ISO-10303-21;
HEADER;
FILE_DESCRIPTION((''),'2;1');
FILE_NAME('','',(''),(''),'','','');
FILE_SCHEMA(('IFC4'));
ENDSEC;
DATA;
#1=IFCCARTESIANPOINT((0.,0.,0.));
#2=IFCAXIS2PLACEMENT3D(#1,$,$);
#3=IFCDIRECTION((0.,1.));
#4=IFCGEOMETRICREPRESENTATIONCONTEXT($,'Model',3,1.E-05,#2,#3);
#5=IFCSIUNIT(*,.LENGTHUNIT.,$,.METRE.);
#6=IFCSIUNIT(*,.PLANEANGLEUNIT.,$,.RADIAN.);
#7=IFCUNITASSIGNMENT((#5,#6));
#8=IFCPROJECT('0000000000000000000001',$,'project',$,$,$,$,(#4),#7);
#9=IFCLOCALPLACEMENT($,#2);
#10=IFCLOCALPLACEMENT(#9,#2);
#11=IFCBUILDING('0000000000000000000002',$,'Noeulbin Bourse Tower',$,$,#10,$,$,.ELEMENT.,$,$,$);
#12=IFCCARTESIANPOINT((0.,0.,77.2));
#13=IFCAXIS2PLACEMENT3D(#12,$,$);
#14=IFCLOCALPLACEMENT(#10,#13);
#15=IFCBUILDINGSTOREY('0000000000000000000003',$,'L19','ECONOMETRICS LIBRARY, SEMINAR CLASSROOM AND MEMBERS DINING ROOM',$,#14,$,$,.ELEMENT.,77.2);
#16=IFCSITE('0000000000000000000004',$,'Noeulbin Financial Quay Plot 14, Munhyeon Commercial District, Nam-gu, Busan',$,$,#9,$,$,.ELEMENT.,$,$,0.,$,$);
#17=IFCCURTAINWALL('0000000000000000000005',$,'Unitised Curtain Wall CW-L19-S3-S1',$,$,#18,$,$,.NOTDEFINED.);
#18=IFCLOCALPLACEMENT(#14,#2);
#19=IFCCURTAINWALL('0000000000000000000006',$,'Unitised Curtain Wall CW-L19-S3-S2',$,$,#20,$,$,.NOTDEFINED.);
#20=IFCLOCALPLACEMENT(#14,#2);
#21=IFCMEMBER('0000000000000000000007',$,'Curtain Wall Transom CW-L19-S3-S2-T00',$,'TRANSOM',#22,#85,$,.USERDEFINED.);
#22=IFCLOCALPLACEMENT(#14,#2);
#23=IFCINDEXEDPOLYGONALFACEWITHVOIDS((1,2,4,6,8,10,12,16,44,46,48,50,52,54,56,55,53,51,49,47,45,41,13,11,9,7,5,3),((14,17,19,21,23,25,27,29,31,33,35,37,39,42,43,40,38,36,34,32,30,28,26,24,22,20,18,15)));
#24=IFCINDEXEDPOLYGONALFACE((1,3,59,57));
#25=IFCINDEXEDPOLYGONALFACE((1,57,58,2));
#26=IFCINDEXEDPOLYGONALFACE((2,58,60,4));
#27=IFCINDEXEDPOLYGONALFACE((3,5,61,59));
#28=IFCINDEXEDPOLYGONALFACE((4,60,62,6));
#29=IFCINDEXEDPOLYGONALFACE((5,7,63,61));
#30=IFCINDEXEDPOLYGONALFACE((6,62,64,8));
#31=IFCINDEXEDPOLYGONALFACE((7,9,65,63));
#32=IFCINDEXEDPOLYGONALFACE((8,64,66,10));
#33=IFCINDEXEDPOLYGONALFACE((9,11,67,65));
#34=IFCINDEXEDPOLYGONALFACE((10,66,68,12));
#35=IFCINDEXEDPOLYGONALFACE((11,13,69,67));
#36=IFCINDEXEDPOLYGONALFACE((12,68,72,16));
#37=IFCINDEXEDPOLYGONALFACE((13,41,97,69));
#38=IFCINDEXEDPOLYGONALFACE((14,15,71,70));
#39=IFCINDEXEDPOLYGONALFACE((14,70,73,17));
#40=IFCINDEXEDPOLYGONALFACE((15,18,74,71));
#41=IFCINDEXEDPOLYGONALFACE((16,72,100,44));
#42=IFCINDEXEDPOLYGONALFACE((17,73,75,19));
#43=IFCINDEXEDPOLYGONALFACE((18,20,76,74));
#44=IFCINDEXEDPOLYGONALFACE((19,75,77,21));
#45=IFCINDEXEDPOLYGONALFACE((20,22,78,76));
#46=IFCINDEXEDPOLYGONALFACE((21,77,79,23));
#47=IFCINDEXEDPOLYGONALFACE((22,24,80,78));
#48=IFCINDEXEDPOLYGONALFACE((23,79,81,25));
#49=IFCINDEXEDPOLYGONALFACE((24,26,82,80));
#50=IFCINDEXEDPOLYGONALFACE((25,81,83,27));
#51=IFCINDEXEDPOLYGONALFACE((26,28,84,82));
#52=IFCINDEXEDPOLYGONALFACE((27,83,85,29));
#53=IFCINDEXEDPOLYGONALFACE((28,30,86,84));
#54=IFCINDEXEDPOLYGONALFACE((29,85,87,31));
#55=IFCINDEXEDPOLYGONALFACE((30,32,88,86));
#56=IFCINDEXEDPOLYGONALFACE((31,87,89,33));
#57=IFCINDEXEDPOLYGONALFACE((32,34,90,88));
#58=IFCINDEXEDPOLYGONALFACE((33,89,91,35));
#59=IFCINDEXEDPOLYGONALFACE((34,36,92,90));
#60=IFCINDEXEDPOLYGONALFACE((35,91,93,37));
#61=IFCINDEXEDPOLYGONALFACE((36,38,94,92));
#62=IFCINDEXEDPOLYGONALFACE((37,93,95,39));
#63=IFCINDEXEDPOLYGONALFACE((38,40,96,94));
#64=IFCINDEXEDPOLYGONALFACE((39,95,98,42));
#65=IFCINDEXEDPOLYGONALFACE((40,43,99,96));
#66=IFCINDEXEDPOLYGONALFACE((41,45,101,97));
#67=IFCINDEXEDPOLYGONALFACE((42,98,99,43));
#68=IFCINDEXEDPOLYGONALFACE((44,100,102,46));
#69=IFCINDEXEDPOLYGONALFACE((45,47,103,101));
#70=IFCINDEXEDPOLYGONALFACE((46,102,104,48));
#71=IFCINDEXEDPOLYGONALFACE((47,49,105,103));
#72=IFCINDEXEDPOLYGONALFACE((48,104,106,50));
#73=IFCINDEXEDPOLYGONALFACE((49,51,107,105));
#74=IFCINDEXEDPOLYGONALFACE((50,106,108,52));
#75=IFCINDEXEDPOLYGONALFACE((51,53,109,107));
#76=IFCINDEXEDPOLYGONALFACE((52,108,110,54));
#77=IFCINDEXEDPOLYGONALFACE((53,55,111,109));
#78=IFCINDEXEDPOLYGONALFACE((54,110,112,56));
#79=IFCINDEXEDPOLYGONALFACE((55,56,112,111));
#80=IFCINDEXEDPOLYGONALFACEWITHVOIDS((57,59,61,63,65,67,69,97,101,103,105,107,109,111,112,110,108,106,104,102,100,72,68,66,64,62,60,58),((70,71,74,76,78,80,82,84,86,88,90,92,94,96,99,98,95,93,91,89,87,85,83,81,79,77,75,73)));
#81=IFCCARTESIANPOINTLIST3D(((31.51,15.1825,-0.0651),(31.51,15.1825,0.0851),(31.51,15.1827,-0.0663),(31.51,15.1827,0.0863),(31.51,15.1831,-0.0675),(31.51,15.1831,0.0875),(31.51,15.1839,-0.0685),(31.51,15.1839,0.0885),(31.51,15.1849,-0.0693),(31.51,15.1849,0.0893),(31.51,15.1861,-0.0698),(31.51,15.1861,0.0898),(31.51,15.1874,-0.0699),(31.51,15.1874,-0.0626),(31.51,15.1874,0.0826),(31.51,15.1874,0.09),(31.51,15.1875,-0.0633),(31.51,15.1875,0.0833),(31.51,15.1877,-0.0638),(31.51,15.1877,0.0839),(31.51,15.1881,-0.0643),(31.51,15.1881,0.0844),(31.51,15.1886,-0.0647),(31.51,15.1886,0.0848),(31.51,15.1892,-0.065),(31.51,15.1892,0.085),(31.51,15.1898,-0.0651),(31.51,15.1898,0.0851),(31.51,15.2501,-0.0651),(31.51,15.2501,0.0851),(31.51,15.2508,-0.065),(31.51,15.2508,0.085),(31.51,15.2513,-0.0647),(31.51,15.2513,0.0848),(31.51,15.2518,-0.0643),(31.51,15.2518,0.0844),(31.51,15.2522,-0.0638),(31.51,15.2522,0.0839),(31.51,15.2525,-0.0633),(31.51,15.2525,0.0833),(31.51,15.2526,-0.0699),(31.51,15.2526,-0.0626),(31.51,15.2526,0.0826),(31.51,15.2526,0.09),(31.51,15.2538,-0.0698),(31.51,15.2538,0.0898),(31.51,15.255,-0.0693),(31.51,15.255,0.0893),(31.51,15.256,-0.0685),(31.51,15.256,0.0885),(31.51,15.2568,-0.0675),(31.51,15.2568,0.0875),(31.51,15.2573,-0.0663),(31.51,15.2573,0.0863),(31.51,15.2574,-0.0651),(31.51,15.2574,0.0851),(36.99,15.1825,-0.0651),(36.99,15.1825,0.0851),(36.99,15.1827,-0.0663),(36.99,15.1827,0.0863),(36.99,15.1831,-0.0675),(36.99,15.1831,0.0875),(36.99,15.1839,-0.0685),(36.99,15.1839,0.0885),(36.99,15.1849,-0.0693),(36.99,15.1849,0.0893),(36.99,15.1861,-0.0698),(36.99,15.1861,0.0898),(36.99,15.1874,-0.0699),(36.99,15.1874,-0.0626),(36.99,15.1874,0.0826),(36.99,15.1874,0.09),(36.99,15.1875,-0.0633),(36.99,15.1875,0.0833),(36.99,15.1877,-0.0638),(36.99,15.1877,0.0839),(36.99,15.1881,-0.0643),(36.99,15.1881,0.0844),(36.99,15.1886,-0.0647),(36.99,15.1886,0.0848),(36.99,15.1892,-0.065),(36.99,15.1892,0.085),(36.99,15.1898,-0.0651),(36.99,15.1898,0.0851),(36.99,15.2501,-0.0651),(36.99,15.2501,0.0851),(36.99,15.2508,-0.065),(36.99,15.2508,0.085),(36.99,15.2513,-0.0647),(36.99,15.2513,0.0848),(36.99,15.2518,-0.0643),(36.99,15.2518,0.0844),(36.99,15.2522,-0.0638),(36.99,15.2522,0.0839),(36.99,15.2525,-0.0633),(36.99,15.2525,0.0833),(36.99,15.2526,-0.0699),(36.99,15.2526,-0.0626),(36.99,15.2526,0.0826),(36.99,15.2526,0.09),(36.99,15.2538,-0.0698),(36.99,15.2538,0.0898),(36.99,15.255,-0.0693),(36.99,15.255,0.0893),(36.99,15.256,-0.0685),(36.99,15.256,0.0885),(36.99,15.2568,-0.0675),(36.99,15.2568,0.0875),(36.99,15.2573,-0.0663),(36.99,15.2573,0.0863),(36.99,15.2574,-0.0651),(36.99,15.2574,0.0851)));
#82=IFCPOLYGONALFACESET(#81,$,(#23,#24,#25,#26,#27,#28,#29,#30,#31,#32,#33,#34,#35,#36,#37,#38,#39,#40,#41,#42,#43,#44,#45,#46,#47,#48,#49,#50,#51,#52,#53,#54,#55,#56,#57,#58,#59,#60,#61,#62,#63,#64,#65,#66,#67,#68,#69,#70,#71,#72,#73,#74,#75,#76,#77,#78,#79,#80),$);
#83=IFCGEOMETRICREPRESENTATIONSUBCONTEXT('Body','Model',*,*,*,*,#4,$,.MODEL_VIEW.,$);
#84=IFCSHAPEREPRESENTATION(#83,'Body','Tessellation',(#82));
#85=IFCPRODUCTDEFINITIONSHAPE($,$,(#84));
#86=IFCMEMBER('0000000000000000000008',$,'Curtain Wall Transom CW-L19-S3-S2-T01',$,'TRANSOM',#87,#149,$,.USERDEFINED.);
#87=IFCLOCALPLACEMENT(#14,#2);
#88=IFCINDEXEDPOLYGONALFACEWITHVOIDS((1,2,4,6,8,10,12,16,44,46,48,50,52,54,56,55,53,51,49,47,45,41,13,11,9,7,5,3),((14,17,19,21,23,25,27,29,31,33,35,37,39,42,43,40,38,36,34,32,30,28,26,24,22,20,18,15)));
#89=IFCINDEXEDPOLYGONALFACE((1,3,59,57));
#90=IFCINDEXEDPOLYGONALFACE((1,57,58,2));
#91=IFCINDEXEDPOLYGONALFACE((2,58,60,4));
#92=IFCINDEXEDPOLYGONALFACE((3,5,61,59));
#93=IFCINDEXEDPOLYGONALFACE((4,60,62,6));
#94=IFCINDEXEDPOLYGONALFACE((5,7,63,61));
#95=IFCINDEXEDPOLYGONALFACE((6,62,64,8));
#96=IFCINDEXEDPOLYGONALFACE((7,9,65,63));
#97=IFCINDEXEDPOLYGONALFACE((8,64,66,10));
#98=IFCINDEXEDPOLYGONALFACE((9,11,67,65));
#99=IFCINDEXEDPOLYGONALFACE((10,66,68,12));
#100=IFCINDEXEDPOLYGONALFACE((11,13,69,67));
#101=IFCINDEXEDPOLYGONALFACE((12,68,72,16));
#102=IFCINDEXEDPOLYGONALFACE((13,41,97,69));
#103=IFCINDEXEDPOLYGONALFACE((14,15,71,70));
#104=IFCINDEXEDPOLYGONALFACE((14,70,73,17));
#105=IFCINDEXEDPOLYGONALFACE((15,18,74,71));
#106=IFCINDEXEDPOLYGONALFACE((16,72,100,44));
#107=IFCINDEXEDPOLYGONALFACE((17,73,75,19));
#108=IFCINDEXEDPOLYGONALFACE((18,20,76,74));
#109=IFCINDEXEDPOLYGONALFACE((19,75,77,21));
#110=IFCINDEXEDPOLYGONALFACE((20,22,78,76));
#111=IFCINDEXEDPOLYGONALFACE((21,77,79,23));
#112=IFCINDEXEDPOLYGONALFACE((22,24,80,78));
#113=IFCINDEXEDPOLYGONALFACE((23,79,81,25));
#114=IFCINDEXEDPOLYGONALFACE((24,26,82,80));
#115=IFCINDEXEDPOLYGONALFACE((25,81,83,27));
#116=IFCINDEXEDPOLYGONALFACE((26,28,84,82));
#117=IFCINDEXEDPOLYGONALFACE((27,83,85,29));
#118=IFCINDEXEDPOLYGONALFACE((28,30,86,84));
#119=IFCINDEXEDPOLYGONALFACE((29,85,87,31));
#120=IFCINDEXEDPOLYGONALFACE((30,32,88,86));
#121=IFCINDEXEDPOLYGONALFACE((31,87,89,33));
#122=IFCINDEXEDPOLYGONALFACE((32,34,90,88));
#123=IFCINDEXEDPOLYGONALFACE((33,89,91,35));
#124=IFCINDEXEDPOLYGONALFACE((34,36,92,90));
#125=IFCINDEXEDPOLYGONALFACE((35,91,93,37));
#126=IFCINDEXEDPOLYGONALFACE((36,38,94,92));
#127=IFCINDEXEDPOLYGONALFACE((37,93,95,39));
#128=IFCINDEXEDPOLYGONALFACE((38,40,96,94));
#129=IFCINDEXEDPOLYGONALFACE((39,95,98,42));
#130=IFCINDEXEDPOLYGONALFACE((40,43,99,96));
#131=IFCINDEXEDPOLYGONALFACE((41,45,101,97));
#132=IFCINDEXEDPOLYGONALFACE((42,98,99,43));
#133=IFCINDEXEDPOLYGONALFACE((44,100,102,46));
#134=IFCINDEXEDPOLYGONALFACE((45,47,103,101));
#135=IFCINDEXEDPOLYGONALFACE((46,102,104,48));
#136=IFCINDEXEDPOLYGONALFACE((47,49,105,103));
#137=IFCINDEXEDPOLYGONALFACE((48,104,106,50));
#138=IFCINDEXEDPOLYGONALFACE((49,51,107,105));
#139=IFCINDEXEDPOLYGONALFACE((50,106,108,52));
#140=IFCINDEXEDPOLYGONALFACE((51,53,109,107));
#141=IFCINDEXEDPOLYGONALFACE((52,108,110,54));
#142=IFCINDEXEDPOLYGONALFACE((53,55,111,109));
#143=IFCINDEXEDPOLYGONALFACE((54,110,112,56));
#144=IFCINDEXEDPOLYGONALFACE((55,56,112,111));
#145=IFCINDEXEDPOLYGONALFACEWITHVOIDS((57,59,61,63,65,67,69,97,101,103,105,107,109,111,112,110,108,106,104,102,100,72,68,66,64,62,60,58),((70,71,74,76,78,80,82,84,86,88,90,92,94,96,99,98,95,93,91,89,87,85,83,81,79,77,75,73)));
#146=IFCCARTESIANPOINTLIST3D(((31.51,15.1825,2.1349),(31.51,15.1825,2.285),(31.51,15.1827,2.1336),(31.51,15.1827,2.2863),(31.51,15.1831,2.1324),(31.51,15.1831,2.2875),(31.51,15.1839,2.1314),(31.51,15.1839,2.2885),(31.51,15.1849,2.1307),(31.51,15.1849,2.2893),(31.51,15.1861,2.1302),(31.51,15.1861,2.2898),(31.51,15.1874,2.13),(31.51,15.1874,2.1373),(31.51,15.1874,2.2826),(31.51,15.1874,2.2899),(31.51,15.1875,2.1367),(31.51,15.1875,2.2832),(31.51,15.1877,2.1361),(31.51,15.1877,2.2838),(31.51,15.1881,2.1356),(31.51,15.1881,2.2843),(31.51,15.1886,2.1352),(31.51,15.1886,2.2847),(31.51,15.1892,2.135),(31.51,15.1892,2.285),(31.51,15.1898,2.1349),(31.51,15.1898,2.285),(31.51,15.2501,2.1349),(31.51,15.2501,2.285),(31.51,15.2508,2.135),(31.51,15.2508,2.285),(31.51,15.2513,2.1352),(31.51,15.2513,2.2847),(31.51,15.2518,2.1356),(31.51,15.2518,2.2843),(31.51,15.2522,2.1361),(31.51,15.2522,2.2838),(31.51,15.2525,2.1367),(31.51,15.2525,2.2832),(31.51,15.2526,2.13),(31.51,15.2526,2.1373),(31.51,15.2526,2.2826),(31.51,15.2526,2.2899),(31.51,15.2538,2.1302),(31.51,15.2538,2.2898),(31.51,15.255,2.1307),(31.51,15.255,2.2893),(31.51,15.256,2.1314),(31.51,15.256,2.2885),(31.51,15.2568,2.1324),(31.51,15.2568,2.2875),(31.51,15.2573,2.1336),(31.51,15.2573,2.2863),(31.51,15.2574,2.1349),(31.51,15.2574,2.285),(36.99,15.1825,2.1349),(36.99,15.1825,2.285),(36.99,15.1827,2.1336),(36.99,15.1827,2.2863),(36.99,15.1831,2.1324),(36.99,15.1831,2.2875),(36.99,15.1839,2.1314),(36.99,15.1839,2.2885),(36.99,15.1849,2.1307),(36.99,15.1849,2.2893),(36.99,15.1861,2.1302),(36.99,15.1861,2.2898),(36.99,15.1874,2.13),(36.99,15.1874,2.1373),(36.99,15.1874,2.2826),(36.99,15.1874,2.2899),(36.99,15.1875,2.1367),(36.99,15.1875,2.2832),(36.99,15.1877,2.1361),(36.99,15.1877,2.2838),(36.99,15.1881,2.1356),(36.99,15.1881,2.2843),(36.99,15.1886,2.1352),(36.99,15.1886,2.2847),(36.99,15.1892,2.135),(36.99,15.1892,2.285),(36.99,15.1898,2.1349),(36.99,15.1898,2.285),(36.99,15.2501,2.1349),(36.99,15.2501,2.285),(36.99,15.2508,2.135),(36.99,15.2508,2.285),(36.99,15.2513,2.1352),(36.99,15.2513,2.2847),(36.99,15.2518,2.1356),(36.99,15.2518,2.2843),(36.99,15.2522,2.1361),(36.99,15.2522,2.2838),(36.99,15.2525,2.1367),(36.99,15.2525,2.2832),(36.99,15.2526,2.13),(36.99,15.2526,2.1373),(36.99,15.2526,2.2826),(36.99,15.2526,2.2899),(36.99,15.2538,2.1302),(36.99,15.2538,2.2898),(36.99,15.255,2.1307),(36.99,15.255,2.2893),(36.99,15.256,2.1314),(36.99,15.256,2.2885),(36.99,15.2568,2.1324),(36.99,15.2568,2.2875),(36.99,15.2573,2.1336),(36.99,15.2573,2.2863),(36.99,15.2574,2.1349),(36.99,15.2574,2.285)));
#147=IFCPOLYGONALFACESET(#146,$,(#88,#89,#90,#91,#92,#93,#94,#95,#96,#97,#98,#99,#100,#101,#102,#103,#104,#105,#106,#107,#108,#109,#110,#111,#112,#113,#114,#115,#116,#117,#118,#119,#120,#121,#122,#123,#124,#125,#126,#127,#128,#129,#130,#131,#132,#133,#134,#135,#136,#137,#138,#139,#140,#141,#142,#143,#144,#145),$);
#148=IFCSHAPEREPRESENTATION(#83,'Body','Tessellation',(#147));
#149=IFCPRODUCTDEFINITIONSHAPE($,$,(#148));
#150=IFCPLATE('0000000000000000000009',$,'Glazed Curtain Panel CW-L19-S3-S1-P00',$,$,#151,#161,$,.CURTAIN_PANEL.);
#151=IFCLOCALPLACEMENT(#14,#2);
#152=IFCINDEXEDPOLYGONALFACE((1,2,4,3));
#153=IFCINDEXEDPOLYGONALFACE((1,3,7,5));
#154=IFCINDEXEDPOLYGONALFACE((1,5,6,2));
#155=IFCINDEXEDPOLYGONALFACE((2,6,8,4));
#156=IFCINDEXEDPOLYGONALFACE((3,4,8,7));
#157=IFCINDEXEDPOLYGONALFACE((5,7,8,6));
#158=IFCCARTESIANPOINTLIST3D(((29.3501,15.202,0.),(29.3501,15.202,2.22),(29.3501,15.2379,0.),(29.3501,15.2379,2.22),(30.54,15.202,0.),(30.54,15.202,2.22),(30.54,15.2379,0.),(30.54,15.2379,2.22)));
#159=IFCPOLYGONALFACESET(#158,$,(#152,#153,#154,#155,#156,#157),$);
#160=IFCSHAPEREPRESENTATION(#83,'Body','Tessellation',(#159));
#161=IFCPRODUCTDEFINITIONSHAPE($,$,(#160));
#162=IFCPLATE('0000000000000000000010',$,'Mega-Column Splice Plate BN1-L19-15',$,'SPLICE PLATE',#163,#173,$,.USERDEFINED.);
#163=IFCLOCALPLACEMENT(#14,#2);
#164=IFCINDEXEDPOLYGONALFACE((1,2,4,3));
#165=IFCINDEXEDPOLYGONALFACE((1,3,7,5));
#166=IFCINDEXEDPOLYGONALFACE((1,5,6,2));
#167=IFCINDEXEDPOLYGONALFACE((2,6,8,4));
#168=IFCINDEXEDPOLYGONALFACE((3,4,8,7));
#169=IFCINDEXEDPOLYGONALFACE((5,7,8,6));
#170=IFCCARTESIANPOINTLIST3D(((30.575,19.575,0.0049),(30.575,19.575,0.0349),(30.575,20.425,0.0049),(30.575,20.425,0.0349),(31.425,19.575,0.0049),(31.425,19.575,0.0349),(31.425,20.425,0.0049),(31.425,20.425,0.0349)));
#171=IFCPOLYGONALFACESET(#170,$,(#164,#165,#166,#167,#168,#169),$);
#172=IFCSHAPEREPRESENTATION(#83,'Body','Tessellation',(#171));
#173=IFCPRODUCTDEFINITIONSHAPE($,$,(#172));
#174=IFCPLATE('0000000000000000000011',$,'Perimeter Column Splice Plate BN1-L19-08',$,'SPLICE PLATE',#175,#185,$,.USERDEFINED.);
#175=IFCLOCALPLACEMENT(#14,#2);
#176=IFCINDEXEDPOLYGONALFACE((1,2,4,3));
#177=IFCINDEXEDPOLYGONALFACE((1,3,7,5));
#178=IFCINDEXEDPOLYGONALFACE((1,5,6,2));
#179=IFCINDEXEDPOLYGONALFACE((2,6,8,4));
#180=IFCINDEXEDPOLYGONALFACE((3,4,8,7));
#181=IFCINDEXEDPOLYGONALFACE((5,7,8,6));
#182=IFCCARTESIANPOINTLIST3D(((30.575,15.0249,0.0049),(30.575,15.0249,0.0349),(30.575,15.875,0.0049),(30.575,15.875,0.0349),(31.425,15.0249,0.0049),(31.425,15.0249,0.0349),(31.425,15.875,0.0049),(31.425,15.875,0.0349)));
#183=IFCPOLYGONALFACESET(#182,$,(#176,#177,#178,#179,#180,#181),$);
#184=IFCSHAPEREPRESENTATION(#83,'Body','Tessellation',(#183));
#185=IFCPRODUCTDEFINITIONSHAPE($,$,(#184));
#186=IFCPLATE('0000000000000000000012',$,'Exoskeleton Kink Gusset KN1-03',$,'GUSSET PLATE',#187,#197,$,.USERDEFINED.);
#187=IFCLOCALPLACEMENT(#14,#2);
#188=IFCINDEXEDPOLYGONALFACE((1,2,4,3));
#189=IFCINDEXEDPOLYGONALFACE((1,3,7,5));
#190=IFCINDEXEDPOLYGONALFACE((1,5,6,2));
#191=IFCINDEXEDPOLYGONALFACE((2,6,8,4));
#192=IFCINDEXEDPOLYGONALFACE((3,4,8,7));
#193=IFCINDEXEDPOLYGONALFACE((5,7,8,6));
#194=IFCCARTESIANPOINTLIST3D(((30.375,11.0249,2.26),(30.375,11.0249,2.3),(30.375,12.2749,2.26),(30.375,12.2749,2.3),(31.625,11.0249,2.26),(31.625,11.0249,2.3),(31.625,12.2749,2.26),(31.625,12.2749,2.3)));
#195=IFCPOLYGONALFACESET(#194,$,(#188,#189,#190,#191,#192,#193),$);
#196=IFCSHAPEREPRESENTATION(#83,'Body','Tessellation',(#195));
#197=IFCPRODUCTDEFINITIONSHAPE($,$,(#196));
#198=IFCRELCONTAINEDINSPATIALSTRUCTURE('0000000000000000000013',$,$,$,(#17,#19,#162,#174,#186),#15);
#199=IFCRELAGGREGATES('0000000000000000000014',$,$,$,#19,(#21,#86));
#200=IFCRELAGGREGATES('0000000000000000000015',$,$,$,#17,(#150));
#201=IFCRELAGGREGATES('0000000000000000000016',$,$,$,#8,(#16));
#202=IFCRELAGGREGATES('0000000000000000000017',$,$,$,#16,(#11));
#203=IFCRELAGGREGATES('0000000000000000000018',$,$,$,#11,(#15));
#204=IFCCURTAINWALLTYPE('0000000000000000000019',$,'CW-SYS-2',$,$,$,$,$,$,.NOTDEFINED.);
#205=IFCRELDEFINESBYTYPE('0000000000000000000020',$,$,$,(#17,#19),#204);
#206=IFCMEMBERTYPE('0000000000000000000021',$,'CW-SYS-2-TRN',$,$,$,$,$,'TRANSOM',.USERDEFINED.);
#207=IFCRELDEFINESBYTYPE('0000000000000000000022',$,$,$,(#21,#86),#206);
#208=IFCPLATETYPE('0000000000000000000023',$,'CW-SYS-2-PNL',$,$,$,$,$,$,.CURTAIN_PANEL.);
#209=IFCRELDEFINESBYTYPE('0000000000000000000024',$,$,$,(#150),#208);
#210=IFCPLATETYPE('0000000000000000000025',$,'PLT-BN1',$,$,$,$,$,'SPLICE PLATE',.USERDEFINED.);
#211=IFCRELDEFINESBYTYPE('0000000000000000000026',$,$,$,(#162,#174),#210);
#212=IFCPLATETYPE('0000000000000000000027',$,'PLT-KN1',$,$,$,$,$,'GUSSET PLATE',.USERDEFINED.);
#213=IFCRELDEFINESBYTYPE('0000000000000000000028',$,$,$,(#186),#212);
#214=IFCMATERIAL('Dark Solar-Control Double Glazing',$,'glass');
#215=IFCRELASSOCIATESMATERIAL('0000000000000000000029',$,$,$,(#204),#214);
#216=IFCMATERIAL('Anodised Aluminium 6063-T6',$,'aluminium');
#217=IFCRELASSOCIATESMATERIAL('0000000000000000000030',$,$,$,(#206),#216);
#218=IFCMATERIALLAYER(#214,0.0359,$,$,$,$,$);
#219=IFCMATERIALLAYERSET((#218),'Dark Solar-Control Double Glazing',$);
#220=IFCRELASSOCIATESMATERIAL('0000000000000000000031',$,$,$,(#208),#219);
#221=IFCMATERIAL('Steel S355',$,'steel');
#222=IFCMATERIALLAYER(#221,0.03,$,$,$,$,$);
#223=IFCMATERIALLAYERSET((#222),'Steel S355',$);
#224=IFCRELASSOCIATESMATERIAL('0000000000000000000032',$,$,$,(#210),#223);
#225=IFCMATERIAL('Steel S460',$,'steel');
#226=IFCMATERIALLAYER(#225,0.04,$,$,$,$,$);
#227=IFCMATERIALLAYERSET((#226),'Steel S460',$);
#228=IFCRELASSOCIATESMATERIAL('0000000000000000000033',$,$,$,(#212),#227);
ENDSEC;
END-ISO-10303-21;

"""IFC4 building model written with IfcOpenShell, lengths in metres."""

from ifc_helpers import new_model, si_unit, direction, frame, origin, origin_2d, place, context, subcontext, project, spatial, rectangle, hollow_rectangle, extrude, material, layer, layer_set, material_profile, profile_set, type_object, element, aggregate, save


model = new_model("IFC4")

# Units and contexts
model_context = context("Model", 3, precision=1e-05, world=origin(), true_north=direction((0.0, 1.0)))
body_context = subcontext(model_context, "Body", "Model", "MODEL_VIEW")
ifc_project = project(units=[si_unit("LENGTHUNIT", "METRE"), si_unit("PLANEANGLEUNIT", "RADIAN")], contexts=[model_context])

# Site, building, storey
site_placement = place(None, origin())
site = spatial("IfcSite", under=ifc_project, at=site_placement, Name="Noeulbin Financial Quay Plot 14, Munhyeon Commercial District, Nam-gu, Busan", CompositionType="ELEMENT", RefElevation=0.0)
building_placement = place(site_placement, origin())
building = spatial("IfcBuilding", under=site, at=building_placement, Name="Noeulbin Bourse Tower", CompositionType="ELEMENT")
storey_placement = place(building_placement, frame((0.0, 0.0, 77.2)))
storey = spatial("IfcBuildingStorey", under=building, at=storey_placement, Name="L19", Description="ECONOMETRICS LIBRARY, SEMINAR CLASSROOM AND MEMBERS DINING ROOM", CompositionType="ELEMENT", Elevation=77.2)

# Shared definitions
ifc_material_1 = material(Name="Steel S355", Category="steel")
ifc_material_2 = material(Name="Steel S460", Category="steel")

# Shared definitions
ifc_material_3 = material(Name="Dark Solar-Control Double Glazing", Category="glass")
curtain_wall_type = type_object("IfcCurtainWallType", Name="CW-SYS-2", PredefinedType="NOTDEFINED", material=ifc_material_3)
ifc_material_4 = material(Name="Anodised Aluminium 6063-T6", Category="aluminium")

# Curtain wall
curtain_wall_1_placement = place(storey_placement, origin())
curtain_wall_1 = element("IfcCurtainWall", 1, at=curtain_wall_1_placement, inside=storey, type_object=curtain_wall_type, Name="Unitised Curtain Wall CW-L19-S3-S1", PredefinedType="NOTDEFINED")

# Curtain wall
curtain_wall_2_placement = place(storey_placement, origin())
curtain_wall_2 = element("IfcCurtainWall", 2, at=curtain_wall_2_placement, inside=storey, type_object=curtain_wall_type, Name="Unitised Curtain Wall CW-L19-S3-S2", PredefinedType="NOTDEFINED")

# Members
ifc_material_profile_1 = material_profile(ifc_material_4, hollow_rectangle(XDim=0.075, YDim=0.1599, WallThickness=0.0049, InnerFilletRadius=0.0024, OuterFilletRadius=0.0049, at=origin_2d()), Name="ALU-TRAN-75x160x5", Category="LoadBearing")
ifc_profile_set_1 = profile_set([ifc_material_profile_1], Name="Anodised Aluminium 6063-T6")
member_type_1 = type_object("IfcMemberType", Name="CW-SYS-2-TRN", ElementType="TRANSOM", PredefinedType="USERDEFINED", material=ifc_profile_set_1)
member_1_placement = place(storey_placement, frame((31.51, 15.22, 0.01), z_axis=(1.0, 0.0, 0.0), x_axis=(0.0, 1.0, 0.0)))
member_1 = element("IfcMember", 3, at=member_1_placement, type_object=member_type_1, Name="Curtain Wall Transom CW-L19-S3-S2-T00", ObjectType="TRANSOM", PredefinedType="USERDEFINED", context=body_context, shape_type="SweptSolid", body=[
    extrude(hollow_rectangle(XDim=0.075, YDim=0.1599, WallThickness=0.0049, InnerFilletRadius=0.0024, OuterFilletRadius=0.0049, at=origin_2d()), origin(), (0.0, 0.0, 1.0), 5.48),
])
member_2_placement = place(storey_placement, frame((31.51, 15.22, 2.21), z_axis=(1.0, 0.0, 0.0), x_axis=(0.0, 1.0, 0.0)))
member_2 = element("IfcMember", 4, at=member_2_placement, type_object=member_type_1, Name="Curtain Wall Transom CW-L19-S3-S2-T01", ObjectType="TRANSOM", PredefinedType="USERDEFINED", context=body_context, shape_type="SweptSolid", body=[
    extrude(hollow_rectangle(XDim=0.075, YDim=0.1599, WallThickness=0.0049, InnerFilletRadius=0.0024, OuterFilletRadius=0.0049, at=origin_2d()), origin(), (0.0, 0.0, 1.0), 5.48),
])
aggregate(curtain_wall_2, [member_1, member_2])

# Plate
ifc_layer_1 = layer(ifc_material_3, 0.0359)
ifc_layer_set_1 = layer_set([ifc_layer_1], Name="Dark Solar-Control Double Glazing")
plate_type_1 = type_object("IfcPlateType", Name="CW-SYS-2-PNL", PredefinedType="CURTAIN_PANEL", material=ifc_layer_set_1)
plate_1_placement = place(storey_placement, frame((29.9451, 15.22, 0.0), z_axis=(0.0, 0.0, 1.0), x_axis=(1.0, 0.0, 0.0)))
plate_1 = element("IfcPlate", 5, at=plate_1_placement, type_object=plate_type_1, Name="Glazed Curtain Panel CW-L19-S3-S1-P00", PredefinedType="CURTAIN_PANEL", context=body_context, shape_type="SweptSolid", body=[
    extrude(rectangle(XDim=1.1899, YDim=0.0359, at=origin_2d()), origin(), (0.0, 0.0, 1.0), 2.22),
])
aggregate(curtain_wall_1, [plate_1])

# Plates
ifc_layer_2 = layer(ifc_material_1, 0.03)
ifc_layer_set_2 = layer_set([ifc_layer_2], Name="Steel S355")
plate_type_2 = type_object("IfcPlateType", Name="PLT-BN1", ElementType="SPLICE PLATE", PredefinedType="USERDEFINED", material=ifc_layer_set_2)
for number, where, z_axis, x_axis, name in (
    (6, (31.0, 20.0, 0.0049), (0.0, 0.0, 1.0), (1.0, 0.0, 0.0), "Mega-Column Splice Plate BN1-L19-15"),
    (7, (31.0, 15.45, 0.0049), (0.0, 0.0, 1.0), (1.0, 0.0, 0.0), "Perimeter Column Splice Plate BN1-L19-08"),
):
    element("IfcPlate", number, at=place(storey_placement, frame(where, z_axis=z_axis, x_axis=x_axis)), inside=storey, type_object=plate_type_2, Name=name, ObjectType="SPLICE PLATE", PredefinedType="USERDEFINED", context=body_context, shape_type="SweptSolid", body=[
        extrude(rectangle(XDim=0.8501, YDim=0.8501, at=origin_2d()), origin(), (0.0, 0.0, 1.0), 0.03),
    ])
ifc_layer_3 = layer(ifc_material_2, 0.04)
ifc_layer_set_3 = layer_set([ifc_layer_3], Name="Steel S460")
plate_type_3 = type_object("IfcPlateType", Name="PLT-KN1", ElementType="GUSSET PLATE", PredefinedType="USERDEFINED", material=ifc_layer_set_3)
plate_2_placement = place(storey_placement, frame((31.0, 11.6499, 2.26), z_axis=(0.0, 0.0, 1.0), x_axis=(1.0, 0.0, 0.0)))
element("IfcPlate", 8, at=plate_2_placement, inside=storey, type_object=plate_type_3, Name="Exoskeleton Kink Gusset KN1-03", ObjectType="GUSSET PLATE", PredefinedType="USERDEFINED", context=body_context, shape_type="SweptSolid", body=[
    extrude(rectangle(XDim=1.25, YDim=1.25, at=origin_2d()), origin(), (0.0, 0.0, 1.0), 0.04),
])

save(model, "model.ifc")
